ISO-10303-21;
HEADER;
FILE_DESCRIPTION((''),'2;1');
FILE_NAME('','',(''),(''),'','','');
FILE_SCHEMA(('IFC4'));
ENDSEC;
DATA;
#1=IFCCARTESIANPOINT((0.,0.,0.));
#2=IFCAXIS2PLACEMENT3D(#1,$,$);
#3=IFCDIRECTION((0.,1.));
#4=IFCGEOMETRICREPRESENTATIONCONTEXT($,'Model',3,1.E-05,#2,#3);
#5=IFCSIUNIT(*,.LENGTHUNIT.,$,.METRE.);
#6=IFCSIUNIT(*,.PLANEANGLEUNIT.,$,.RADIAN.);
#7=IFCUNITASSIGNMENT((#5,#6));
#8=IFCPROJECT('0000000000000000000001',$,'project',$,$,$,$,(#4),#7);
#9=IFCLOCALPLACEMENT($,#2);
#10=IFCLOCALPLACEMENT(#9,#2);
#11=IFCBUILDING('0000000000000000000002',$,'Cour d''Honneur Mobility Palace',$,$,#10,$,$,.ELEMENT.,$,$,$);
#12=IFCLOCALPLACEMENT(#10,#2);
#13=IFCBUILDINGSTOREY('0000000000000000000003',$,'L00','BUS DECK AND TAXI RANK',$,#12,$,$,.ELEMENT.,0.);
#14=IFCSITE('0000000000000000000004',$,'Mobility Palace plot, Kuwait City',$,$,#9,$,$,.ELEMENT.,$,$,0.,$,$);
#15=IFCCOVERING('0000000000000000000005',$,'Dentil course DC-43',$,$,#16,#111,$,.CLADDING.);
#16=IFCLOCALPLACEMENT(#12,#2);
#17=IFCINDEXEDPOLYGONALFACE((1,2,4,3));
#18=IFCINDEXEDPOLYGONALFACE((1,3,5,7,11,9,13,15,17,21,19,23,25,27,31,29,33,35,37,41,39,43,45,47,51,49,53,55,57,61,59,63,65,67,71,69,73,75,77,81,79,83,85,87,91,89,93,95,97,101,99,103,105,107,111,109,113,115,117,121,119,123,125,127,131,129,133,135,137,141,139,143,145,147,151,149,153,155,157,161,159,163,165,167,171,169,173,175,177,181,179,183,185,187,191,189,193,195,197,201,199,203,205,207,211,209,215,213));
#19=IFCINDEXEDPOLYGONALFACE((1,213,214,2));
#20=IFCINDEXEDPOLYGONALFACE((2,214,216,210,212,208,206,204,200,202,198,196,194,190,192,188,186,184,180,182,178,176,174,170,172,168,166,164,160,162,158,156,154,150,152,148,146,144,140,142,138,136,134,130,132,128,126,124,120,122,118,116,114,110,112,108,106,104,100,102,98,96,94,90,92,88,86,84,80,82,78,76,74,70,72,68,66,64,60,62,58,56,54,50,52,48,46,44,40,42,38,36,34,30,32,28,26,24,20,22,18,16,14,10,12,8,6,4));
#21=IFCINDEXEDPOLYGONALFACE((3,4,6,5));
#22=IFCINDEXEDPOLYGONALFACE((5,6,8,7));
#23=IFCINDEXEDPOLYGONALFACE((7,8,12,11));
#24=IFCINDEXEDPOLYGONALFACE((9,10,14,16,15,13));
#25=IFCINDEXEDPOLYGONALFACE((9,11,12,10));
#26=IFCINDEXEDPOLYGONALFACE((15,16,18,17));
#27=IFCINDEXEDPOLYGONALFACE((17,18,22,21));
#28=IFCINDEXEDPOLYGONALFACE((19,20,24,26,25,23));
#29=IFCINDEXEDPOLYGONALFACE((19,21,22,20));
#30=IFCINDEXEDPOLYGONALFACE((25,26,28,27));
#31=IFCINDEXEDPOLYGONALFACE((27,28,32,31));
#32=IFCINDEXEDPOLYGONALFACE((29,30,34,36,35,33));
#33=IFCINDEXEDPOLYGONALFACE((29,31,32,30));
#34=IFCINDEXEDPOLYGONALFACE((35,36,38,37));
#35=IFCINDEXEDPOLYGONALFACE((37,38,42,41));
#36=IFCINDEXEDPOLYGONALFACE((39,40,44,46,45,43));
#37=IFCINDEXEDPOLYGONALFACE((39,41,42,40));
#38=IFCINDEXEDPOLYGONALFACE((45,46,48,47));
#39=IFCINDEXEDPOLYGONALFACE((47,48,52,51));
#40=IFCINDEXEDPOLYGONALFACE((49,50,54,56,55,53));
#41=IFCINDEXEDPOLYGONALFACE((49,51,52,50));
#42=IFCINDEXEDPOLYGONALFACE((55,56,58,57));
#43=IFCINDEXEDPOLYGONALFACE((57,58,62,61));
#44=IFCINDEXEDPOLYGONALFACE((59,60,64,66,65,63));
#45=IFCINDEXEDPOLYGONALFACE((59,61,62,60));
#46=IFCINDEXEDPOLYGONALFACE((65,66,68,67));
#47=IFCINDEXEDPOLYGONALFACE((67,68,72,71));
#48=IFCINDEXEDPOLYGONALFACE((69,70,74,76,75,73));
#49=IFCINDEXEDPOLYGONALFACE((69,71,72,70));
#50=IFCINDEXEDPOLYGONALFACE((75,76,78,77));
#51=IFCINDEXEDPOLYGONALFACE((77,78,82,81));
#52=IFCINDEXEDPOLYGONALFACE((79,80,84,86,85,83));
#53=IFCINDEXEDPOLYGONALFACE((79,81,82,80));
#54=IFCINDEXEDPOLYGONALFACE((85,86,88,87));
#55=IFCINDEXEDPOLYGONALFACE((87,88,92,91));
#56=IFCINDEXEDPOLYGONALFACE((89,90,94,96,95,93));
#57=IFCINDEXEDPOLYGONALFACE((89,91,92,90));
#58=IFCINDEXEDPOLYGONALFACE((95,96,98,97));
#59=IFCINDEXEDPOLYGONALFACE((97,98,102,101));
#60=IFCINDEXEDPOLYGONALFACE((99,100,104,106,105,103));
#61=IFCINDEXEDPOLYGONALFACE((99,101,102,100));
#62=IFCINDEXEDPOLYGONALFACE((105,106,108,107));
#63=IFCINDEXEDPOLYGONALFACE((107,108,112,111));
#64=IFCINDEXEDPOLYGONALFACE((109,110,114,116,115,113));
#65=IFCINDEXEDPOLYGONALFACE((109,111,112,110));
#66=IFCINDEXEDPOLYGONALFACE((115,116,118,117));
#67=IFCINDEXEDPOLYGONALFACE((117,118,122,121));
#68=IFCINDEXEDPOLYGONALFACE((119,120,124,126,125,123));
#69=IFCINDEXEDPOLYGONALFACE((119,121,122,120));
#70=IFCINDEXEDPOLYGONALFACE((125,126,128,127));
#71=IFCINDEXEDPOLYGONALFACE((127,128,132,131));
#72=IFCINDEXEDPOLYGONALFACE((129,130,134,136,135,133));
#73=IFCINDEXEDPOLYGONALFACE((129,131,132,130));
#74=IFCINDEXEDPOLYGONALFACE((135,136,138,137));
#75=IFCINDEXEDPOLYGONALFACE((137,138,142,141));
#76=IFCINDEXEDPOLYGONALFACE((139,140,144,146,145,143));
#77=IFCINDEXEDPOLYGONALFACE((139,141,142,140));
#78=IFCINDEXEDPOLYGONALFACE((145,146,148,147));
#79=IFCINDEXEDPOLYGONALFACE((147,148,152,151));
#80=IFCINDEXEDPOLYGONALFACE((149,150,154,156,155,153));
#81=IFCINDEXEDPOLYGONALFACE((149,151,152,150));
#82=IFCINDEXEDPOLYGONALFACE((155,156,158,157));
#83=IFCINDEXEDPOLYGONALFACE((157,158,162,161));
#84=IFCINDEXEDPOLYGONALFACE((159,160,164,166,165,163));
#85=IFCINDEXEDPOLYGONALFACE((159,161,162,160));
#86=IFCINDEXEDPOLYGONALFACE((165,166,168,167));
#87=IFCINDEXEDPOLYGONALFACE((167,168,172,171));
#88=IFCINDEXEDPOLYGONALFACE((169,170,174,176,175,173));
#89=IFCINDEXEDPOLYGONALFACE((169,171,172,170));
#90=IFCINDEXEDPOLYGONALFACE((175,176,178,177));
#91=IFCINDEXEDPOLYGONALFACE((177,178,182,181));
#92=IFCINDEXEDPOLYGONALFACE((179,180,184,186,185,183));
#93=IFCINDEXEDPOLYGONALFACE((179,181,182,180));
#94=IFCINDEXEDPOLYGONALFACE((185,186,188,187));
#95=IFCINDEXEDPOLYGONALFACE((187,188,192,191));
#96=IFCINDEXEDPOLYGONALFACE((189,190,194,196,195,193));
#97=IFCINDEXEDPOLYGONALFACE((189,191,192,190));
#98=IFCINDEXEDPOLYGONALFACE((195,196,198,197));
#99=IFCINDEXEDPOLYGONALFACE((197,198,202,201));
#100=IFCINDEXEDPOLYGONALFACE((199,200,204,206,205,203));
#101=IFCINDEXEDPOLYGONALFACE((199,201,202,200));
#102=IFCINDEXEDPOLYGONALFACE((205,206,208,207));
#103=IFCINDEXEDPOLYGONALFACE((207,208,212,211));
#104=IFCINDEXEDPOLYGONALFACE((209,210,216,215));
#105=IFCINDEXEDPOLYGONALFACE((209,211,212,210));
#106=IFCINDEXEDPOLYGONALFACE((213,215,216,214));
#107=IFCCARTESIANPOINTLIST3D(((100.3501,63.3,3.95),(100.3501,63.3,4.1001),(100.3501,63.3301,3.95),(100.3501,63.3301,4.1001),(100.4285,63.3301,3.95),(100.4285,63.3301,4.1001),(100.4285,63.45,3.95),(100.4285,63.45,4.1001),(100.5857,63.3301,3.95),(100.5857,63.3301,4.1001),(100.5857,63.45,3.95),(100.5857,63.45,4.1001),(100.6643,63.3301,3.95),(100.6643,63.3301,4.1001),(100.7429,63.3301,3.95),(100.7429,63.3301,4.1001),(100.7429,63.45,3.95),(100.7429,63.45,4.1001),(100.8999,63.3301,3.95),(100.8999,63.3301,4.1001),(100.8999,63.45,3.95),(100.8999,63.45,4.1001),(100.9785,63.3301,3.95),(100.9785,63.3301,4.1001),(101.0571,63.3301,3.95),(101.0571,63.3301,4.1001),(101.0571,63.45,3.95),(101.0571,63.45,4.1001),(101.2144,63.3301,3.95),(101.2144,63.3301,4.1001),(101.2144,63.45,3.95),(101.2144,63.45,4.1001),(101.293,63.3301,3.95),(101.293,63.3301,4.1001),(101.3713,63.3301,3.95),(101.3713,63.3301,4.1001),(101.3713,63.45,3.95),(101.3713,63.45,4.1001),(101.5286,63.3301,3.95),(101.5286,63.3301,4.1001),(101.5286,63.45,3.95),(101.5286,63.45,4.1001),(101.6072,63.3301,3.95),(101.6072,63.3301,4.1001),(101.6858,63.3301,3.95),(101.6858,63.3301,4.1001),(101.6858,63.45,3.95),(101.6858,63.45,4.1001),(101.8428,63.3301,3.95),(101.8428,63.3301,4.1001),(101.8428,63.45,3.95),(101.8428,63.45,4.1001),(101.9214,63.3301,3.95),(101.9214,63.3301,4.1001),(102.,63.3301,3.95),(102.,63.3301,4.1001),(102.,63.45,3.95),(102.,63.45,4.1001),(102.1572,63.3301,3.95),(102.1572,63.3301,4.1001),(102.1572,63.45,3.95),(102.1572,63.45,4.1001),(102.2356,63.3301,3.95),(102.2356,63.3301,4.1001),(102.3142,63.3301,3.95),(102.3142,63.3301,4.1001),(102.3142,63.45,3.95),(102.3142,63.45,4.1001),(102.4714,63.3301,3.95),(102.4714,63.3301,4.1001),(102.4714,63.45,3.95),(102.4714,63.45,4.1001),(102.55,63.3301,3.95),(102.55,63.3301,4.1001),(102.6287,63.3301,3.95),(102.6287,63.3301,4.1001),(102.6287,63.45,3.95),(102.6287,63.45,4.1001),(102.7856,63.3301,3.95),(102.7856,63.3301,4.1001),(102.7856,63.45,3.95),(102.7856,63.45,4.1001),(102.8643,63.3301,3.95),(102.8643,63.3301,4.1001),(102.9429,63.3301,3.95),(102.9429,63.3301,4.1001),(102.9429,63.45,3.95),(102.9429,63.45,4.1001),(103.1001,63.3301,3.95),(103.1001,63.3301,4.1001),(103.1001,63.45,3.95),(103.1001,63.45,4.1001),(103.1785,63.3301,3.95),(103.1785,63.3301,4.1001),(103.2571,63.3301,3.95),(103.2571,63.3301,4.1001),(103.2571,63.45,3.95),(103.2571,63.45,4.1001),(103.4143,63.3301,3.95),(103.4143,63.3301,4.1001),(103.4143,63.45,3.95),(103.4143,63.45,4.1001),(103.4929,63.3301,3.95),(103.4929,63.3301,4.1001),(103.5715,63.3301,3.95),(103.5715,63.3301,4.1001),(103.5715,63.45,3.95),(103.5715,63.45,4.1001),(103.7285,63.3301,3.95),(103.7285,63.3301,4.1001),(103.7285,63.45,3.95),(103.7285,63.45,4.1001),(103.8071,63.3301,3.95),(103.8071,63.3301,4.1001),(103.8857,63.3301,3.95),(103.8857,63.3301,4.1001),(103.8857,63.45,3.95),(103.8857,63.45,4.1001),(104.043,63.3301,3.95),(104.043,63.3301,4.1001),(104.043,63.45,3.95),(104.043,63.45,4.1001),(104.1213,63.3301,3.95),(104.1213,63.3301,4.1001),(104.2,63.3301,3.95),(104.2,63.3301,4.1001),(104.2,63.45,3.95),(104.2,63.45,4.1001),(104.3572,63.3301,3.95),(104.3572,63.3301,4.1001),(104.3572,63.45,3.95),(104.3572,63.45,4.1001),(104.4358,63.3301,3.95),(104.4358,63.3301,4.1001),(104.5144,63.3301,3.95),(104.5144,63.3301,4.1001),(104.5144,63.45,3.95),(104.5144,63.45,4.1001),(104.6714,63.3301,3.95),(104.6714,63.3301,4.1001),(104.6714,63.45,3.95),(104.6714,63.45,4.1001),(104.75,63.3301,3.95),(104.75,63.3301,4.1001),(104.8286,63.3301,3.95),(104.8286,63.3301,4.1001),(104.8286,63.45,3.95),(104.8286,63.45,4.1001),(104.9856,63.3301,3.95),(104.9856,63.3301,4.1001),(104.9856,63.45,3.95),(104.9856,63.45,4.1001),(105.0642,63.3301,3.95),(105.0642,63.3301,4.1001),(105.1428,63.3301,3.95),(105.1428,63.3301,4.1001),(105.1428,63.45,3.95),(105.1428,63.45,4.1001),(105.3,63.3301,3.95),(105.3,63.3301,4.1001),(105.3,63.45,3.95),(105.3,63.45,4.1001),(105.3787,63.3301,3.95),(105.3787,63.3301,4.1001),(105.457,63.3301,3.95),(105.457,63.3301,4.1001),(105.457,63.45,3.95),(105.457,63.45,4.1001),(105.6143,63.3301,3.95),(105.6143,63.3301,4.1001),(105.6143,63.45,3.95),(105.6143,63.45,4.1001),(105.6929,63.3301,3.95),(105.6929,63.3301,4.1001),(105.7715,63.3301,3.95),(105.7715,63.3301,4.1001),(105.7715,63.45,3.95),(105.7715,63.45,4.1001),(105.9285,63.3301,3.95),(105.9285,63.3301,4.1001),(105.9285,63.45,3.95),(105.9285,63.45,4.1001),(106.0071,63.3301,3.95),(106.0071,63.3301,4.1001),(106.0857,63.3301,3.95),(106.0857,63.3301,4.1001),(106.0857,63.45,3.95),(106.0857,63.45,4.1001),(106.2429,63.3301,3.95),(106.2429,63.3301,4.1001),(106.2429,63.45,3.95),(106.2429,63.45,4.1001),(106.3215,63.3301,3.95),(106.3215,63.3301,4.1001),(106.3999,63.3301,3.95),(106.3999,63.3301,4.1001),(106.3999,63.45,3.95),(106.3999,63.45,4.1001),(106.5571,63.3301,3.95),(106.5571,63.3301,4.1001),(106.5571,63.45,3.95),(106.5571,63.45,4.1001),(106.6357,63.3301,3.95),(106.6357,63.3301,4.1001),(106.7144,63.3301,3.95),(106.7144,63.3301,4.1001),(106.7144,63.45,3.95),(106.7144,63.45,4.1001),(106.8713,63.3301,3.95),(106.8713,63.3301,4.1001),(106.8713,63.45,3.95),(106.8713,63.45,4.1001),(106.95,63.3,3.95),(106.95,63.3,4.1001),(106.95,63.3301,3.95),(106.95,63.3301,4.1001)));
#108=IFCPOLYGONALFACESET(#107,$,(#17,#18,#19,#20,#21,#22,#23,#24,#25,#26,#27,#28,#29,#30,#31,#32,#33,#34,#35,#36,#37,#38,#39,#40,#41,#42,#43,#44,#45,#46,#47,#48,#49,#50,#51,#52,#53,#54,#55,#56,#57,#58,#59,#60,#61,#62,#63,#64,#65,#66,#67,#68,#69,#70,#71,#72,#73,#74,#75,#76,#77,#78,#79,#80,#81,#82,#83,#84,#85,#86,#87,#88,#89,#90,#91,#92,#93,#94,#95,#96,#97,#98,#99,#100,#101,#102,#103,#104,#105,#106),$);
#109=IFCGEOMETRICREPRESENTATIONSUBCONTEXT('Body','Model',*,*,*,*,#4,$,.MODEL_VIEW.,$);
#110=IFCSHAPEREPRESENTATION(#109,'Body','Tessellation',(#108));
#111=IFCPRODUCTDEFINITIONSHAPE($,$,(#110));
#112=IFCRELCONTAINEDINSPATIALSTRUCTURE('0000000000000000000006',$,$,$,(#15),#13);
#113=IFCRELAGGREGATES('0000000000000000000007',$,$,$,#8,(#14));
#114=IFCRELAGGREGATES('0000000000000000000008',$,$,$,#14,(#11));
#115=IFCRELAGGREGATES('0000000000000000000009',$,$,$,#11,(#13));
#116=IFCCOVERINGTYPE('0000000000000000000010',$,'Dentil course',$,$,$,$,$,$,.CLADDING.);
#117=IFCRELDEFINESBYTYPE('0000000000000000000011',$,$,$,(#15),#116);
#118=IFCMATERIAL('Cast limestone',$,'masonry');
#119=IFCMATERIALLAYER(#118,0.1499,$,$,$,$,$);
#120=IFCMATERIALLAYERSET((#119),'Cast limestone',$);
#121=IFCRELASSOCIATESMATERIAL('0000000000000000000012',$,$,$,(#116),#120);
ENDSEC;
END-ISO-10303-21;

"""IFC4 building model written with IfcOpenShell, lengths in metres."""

from ifc_helpers import new_model, si_unit, direction, frame, origin, place, context, subcontext, project, spatial, polyline, outline, extrude, material, layer, layer_set, type_object, element, save


model = new_model("IFC4")

# Units and contexts
model_context = context("Model", 3, precision=1e-05, world=origin(), true_north=direction((0.0, 1.0)))
body_context = subcontext(model_context, "Body", "Model", "MODEL_VIEW")
ifc_project = project(units=[si_unit("LENGTHUNIT", "METRE"), si_unit("PLANEANGLEUNIT", "RADIAN")], contexts=[model_context])

# Site, building, storey
site_placement = place(None, origin())
site = spatial("IfcSite", under=ifc_project, at=site_placement, Name="Mobility Palace plot, Kuwait City", CompositionType="ELEMENT", RefElevation=0.0)
building_placement = place(site_placement, origin())
building = spatial("IfcBuilding", under=site, at=building_placement, Name="Cour d'Honneur Mobility Palace", CompositionType="ELEMENT")
storey_placement = place(building_placement, origin())
storey = spatial("IfcBuildingStorey", under=building, at=storey_placement, Name="L00", Description="BUS DECK AND TAXI RANK", CompositionType="ELEMENT", Elevation=0.0)

# Covering
ifc_material = material(Name="Cast limestone", Category="masonry")
ifc_layer = layer(ifc_material, 0.1499)
ifc_layer_set = layer_set([ifc_layer], Name="Cast limestone")
covering_type = type_object("IfcCoveringType", Name="Dentil course", PredefinedType="CLADDING", material=ifc_layer_set)
covering_1_placement = place(storey_placement, frame((0.0, 0.0, 3.95)))
element("IfcCovering", 1, at=covering_1_placement, inside=storey, type_object=covering_type, Name="Dentil course DC-43", PredefinedType="CLADDING", context=body_context, shape_type="SweptSolid", body=[
    extrude(outline(polyline([(106.95, 63.3), (100.3501, 63.3), (100.3501, 63.3301), (100.3501, 63.3301), (100.4285, 63.3301), (100.4285, 63.45), (100.5857, 63.45), (100.5857, 63.3301), (100.6643, 63.3301), (100.6643, 63.3301), (100.7429, 63.3301), (100.7429, 63.45), (100.8999, 63.45), (100.8999, 63.3301), (100.9785, 63.3301), (100.9785, 63.3301), (101.0571, 63.3301), (101.0571, 63.45), (101.2144, 63.45), (101.2144, 63.3301), (101.293, 63.3301), (101.293, 63.3301), (101.3713, 63.3301), (101.3713, 63.45), (101.5286, 63.45), (101.5286, 63.3301), (101.6072, 63.3301), (101.6072, 63.3301), (101.6858, 63.3301), (101.6858, 63.45), (101.8428, 63.45), (101.8428, 63.3301), (101.9214, 63.3301), (101.9214, 63.3301), (102.0, 63.3301), (102.0, 63.45), (102.1572, 63.45), (102.1572, 63.3301), (102.2356, 63.3301), (102.2356, 63.3301), (102.3142, 63.3301), (102.3142, 63.45), (102.4714, 63.45), (102.4714, 63.3301), (102.55, 63.3301), (102.55, 63.3301), (102.6287, 63.3301), (102.6287, 63.45), (102.7856, 63.45), (102.7856, 63.3301), (102.8643, 63.3301), (102.8643, 63.3301), (102.9429, 63.3301), (102.9429, 63.45), (103.1001, 63.45), (103.1001, 63.3301), (103.1785, 63.3301), (103.1785, 63.3301), (103.2571, 63.3301), (103.2571, 63.45), (103.4143, 63.45), (103.4143, 63.3301), (103.4929, 63.3301), (103.4929, 63.3301), (103.5715, 63.3301), (103.5715, 63.45), (103.7285, 63.45), (103.7285, 63.3301), (103.8071, 63.3301), (103.8071, 63.3301), (103.8857, 63.3301), (103.8857, 63.45), (104.043, 63.45), (104.043, 63.3301), (104.1213, 63.3301), (104.1213, 63.3301), (104.2, 63.3301), (104.2, 63.45), (104.3572, 63.45), (104.3572, 63.3301), (104.4358, 63.3301), (104.4358, 63.3301), (104.5144, 63.3301), (104.5144, 63.45), (104.6714, 63.45), (104.6714, 63.3301), (104.75, 63.3301), (104.75, 63.3301), (104.8286, 63.3301), (104.8286, 63.45), (104.9856, 63.45), (104.9856, 63.3301), (105.0642, 63.3301), (105.0642, 63.3301), (105.1428, 63.3301), (105.1428, 63.45), (105.3, 63.45), (105.3, 63.3301), (105.3787, 63.3301), (105.3787, 63.3301), (105.457, 63.3301), (105.457, 63.45), (105.6143, 63.45), (105.6143, 63.3301), (105.6929, 63.3301), (105.6929, 63.3301), (105.7715, 63.3301), (105.7715, 63.45), (105.9285, 63.45), (105.9285, 63.3301), (106.0071, 63.3301), (106.0071, 63.3301), (106.0857, 63.3301), (106.0857, 63.45), (106.2429, 63.45), (106.2429, 63.3301), (106.3215, 63.3301), (106.3215, 63.3301), (106.3999, 63.3301), (106.3999, 63.45), (106.5571, 63.45), (106.5571, 63.3301), (106.6357, 63.3301), (106.6357, 63.3301), (106.7144, 63.3301), (106.7144, 63.45), (106.8713, 63.45), (106.8713, 63.3301), (106.95, 63.3301), (106.95, 63.3)])), origin(), (0.0, 0.0, 1.0), 0.1501),
])

save(model, "model.ifc")
